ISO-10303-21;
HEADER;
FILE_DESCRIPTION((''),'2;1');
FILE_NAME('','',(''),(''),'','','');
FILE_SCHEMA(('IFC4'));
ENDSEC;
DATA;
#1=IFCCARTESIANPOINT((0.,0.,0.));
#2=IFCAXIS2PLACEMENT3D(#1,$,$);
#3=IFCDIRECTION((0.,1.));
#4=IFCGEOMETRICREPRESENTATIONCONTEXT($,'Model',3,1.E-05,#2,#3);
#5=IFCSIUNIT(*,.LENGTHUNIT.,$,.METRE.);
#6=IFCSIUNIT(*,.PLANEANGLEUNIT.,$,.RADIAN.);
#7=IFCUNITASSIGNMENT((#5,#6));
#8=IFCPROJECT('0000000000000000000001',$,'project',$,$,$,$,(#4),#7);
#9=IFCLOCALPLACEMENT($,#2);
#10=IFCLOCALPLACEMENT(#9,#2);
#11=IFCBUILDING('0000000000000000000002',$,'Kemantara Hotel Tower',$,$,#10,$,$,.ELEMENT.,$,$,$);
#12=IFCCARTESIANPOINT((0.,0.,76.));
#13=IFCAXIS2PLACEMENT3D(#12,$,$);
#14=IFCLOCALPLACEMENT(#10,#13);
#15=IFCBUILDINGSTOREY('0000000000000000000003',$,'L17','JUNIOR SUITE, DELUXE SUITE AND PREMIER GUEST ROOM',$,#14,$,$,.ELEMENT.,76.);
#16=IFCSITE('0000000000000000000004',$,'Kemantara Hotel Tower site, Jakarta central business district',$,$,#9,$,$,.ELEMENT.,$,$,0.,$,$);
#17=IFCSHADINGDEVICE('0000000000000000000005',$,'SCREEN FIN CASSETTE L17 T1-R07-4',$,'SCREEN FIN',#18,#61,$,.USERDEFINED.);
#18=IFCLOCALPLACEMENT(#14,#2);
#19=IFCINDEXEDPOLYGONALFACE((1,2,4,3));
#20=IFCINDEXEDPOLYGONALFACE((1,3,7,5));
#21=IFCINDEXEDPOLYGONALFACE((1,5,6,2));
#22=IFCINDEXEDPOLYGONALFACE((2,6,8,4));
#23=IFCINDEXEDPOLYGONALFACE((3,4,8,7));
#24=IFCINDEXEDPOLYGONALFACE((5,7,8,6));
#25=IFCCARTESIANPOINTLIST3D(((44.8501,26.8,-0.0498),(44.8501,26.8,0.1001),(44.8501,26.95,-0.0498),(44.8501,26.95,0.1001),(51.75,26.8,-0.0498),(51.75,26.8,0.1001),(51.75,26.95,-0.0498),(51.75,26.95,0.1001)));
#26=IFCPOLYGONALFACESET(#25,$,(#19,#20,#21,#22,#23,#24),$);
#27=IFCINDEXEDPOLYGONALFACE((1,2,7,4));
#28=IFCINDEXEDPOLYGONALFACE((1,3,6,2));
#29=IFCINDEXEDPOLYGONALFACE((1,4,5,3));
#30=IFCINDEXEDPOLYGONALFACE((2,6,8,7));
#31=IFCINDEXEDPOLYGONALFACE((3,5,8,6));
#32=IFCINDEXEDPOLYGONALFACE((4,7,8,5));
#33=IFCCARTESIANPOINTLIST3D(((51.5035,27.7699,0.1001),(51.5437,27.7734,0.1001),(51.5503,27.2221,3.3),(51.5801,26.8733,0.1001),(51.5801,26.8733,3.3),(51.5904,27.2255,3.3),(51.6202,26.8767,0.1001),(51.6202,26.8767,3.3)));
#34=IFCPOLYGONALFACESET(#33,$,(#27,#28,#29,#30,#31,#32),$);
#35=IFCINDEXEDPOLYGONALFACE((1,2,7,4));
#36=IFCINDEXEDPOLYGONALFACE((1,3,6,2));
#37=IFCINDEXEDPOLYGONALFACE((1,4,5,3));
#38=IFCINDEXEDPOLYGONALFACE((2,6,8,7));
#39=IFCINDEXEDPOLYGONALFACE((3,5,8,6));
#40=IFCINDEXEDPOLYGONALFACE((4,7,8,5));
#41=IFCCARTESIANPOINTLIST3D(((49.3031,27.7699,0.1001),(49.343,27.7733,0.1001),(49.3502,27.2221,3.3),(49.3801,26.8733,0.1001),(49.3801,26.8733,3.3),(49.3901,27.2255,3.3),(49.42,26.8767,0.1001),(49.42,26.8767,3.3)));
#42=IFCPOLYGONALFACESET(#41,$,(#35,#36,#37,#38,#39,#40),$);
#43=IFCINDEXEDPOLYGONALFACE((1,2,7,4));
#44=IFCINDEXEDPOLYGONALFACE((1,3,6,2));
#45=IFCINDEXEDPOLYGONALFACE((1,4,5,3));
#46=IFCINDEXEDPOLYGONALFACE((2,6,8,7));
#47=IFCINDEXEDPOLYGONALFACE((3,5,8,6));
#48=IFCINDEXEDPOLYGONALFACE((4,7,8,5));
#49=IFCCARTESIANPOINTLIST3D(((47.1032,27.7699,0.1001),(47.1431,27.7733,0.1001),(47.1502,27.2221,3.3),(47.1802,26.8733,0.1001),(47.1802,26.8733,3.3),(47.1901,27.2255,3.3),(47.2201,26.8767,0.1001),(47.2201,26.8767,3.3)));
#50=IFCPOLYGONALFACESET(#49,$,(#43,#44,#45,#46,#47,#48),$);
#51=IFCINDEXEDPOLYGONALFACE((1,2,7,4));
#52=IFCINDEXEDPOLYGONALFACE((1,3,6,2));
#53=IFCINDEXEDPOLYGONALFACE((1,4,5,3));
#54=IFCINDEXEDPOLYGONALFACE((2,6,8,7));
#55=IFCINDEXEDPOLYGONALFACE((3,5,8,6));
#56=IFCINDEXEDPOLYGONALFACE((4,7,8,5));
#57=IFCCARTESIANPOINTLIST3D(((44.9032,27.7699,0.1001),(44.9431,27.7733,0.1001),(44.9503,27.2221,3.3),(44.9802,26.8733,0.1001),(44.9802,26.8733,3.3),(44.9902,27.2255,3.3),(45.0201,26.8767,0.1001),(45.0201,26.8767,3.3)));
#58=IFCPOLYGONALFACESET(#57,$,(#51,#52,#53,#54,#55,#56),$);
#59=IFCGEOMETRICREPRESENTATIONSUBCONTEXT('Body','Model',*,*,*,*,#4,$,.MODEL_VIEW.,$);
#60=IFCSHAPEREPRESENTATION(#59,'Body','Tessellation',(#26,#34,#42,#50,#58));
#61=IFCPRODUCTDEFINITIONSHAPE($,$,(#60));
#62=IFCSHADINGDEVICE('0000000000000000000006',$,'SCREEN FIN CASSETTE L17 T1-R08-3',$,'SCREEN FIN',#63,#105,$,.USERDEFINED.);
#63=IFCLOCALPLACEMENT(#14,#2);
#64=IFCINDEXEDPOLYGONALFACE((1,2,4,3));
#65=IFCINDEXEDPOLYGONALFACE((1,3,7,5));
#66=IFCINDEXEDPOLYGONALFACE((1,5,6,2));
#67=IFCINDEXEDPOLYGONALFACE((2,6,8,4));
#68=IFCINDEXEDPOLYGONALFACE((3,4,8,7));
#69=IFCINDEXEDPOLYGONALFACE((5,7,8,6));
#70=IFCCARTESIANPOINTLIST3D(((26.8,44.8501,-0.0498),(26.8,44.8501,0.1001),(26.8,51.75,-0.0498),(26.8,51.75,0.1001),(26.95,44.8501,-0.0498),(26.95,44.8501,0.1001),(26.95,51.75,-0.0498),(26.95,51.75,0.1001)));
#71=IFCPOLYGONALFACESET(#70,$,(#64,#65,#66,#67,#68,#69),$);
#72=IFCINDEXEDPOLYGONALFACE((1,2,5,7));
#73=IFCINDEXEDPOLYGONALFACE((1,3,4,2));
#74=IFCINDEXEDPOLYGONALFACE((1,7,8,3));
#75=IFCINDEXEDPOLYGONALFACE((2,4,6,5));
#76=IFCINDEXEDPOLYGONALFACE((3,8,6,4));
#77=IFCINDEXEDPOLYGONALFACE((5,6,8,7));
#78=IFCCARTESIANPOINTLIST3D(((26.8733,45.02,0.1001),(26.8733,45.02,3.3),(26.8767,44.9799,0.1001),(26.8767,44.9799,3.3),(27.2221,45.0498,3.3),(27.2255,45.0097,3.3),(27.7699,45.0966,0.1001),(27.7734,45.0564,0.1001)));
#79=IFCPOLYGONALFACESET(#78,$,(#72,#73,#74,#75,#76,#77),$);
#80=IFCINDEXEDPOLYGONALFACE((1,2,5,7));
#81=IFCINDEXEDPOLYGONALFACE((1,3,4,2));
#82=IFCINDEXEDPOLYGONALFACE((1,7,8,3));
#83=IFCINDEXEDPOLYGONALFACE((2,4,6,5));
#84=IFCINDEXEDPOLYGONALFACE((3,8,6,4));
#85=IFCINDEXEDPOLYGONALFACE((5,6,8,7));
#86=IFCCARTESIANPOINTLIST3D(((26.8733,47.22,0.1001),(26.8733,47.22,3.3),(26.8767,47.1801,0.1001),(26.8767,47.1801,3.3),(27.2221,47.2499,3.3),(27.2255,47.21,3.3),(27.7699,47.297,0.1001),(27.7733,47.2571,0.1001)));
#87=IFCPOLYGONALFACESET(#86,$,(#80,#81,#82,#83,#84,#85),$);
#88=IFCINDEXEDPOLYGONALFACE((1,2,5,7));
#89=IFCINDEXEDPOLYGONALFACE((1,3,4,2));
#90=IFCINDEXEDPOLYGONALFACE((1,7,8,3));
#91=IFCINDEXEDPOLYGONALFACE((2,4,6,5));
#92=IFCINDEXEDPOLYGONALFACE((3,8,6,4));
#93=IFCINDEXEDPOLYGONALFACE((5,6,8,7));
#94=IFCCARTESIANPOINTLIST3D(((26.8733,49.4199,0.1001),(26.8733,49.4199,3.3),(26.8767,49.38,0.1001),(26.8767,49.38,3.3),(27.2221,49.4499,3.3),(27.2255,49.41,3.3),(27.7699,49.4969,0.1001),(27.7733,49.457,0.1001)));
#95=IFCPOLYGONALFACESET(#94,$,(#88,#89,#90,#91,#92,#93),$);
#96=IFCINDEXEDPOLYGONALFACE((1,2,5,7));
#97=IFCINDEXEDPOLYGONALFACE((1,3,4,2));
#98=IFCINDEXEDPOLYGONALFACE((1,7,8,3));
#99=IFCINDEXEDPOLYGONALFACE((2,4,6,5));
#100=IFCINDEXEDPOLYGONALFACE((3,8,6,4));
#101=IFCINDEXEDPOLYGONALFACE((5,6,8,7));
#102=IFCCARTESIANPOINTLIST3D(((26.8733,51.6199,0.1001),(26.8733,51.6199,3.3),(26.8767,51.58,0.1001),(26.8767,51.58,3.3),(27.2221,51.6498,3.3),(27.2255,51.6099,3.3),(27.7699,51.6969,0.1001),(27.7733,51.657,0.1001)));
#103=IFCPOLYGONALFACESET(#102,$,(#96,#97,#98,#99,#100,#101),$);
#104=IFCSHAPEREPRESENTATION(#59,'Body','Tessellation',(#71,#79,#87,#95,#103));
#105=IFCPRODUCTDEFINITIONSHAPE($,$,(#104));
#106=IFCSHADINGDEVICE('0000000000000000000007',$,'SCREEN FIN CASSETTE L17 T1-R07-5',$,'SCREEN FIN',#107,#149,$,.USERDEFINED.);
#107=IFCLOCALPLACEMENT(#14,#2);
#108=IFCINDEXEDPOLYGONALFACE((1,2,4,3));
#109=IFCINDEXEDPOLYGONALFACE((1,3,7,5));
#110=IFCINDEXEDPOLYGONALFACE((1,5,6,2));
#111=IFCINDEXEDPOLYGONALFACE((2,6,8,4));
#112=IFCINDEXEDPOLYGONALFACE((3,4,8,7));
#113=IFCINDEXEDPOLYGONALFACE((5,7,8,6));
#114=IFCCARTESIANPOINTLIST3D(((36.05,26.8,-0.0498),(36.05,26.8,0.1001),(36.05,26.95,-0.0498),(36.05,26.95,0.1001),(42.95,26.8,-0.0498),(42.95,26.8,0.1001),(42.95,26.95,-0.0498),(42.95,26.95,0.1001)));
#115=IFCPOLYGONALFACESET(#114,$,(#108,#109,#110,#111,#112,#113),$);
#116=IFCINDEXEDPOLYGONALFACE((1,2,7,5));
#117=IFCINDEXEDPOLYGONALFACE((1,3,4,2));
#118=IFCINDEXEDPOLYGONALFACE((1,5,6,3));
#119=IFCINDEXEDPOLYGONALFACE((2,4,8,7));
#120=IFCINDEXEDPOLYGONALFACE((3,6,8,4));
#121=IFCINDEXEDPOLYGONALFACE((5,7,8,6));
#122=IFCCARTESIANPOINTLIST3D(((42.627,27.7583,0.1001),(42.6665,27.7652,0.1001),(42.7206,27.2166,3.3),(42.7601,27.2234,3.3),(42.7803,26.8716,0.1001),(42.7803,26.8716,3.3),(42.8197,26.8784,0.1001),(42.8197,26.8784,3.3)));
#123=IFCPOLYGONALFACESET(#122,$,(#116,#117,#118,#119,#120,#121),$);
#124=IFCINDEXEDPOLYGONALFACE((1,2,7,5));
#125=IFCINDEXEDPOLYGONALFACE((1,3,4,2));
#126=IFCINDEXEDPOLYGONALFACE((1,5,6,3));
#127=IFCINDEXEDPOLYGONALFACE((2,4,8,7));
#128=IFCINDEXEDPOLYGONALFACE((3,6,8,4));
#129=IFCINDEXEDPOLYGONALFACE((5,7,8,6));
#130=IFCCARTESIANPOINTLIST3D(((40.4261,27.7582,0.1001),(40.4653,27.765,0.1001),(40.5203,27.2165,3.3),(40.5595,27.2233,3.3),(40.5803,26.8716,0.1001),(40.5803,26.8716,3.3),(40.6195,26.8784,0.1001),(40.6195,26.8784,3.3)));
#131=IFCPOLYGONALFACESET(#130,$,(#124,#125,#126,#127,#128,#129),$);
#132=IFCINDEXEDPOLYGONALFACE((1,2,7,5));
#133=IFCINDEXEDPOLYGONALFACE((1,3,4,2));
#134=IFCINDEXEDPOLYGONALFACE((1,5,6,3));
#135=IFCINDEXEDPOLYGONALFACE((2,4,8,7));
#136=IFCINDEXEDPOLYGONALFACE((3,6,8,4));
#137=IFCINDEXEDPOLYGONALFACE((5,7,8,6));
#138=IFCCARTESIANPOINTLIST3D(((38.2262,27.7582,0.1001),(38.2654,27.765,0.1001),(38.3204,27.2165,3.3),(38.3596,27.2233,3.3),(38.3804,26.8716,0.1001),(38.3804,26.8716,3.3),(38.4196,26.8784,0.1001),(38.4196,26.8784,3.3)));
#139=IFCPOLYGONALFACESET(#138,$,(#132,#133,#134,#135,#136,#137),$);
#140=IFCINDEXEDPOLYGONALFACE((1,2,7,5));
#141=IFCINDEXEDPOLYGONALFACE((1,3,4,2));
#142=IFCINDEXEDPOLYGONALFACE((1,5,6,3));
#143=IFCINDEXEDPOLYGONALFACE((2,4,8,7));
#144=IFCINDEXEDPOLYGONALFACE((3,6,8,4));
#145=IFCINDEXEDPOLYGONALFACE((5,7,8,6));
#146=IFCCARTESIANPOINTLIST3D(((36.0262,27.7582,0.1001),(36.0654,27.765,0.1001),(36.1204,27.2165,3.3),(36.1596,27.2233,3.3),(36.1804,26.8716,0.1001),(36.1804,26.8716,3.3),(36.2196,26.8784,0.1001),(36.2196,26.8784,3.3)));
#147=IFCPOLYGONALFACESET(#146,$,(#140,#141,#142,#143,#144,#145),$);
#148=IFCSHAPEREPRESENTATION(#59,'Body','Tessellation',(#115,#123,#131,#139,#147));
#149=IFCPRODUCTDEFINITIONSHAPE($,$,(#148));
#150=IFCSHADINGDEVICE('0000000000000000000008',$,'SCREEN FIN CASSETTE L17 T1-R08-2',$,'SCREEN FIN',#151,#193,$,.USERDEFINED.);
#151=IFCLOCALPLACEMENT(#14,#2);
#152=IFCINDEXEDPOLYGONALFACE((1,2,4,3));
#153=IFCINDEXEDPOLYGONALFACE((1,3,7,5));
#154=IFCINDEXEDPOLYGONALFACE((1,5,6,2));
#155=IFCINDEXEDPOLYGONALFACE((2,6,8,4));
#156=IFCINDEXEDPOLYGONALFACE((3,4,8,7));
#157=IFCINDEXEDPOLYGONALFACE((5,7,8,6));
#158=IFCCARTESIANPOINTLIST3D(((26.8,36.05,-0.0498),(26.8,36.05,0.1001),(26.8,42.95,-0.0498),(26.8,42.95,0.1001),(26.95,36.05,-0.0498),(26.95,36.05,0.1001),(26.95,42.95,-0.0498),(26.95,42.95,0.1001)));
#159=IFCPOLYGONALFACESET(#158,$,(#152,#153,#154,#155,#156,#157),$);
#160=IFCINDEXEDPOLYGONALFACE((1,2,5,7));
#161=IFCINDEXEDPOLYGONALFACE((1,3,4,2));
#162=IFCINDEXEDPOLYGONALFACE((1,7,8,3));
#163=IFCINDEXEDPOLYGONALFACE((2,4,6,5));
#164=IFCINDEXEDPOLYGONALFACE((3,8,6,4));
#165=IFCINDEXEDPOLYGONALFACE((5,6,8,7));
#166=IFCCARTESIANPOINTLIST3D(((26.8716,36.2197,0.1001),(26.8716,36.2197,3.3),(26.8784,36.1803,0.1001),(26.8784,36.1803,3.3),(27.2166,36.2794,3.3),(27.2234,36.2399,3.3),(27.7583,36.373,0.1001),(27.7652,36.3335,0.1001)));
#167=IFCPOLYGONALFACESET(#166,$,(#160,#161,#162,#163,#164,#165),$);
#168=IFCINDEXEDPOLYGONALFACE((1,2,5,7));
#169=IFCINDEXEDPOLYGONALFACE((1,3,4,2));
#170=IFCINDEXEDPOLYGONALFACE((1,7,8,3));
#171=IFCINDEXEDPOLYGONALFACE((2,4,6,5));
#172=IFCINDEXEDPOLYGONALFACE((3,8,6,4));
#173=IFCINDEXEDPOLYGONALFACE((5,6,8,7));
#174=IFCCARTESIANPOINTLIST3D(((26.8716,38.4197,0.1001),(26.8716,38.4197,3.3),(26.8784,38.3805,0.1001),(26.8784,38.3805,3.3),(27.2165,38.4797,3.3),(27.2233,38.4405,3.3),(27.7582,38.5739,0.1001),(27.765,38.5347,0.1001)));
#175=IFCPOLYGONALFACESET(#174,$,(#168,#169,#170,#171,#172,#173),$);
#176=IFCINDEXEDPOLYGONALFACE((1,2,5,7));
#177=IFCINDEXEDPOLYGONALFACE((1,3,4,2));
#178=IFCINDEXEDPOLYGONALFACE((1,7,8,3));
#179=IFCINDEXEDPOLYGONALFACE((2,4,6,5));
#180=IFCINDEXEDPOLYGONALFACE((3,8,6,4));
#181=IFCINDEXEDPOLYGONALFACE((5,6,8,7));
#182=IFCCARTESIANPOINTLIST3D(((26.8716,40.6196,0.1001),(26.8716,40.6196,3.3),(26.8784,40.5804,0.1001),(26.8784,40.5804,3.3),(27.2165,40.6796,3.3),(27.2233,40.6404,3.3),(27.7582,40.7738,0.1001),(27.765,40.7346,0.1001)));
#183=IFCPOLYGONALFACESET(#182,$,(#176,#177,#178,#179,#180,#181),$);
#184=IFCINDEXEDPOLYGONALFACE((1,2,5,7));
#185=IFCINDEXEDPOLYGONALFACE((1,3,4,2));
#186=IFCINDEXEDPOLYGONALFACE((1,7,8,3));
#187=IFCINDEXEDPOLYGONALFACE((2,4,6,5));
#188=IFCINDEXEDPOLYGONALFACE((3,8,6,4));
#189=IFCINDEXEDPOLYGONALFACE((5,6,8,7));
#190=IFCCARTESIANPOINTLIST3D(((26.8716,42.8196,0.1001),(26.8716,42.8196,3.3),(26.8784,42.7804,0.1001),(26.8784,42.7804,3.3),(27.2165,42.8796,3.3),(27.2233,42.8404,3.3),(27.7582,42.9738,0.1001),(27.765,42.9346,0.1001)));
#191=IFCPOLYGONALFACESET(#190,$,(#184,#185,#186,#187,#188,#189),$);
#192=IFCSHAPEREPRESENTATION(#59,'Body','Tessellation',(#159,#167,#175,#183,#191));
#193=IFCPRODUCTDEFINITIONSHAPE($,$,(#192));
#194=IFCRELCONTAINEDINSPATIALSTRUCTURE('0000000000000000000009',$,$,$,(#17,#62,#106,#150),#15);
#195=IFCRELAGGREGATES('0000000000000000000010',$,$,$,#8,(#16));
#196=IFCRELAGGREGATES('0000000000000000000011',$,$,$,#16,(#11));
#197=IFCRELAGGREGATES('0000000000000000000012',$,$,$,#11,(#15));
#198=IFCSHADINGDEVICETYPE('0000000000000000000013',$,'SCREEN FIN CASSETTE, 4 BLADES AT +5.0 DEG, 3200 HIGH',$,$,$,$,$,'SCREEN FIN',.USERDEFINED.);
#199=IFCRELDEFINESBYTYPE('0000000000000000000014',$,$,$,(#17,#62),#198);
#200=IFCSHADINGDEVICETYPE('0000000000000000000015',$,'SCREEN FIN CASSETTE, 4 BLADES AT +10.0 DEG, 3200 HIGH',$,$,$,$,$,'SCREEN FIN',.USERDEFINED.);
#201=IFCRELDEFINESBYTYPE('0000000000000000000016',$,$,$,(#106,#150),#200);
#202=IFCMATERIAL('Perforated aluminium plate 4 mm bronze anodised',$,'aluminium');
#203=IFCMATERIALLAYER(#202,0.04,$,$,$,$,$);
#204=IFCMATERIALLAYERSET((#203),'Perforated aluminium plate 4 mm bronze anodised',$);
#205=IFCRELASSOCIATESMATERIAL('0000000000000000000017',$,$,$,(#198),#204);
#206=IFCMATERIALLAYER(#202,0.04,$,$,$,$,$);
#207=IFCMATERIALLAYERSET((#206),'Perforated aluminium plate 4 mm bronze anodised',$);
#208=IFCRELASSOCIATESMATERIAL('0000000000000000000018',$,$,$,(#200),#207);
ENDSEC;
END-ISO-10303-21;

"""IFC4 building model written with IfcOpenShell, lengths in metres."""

from ifc_helpers import new_model, si_unit, direction, frame, origin, origin_2d, place, context, subcontext, project, spatial, polyline, rectangle, outline, extrude, source, transform, mapped, material, layer, layer_set, type_object, element, save


model = new_model("IFC4")

# Units and contexts
model_context = context("Model", 3, precision=1e-05, world=origin(), true_north=direction((0.0, 1.0)))
body_context = subcontext(model_context, "Body", "Model", "MODEL_VIEW")
ifc_project = project(units=[si_unit("LENGTHUNIT", "METRE"), si_unit("PLANEANGLEUNIT", "RADIAN")], contexts=[model_context])

# Site, building, storey
site_placement = place(None, origin())
site = spatial("IfcSite", under=ifc_project, at=site_placement, Name="Kemantara Hotel Tower site, Jakarta central business district", CompositionType="ELEMENT", RefElevation=0.0)
building_placement = place(site_placement, origin())
building = spatial("IfcBuilding", under=site, at=building_placement, Name="Kemantara Hotel Tower", CompositionType="ELEMENT")
storey_placement = place(building_placement, frame((0.0, 0.0, 76.0)))
storey = spatial("IfcBuildingStorey", under=building, at=storey_placement, Name="L17", Description="JUNIOR SUITE, DELUXE SUITE AND PREMIER GUEST ROOM", CompositionType="ELEMENT", Elevation=76.0)

# Shading devices
ifc_material_1 = material(Name="Perforated aluminium plate 4 mm bronze anodised", Category="aluminium")
ifc_layer_1 = layer(ifc_material_1, 0.04)
ifc_layer_set_1 = layer_set([ifc_layer_1], Name="Perforated aluminium plate 4 mm bronze anodised")
shading_device_type_1 = type_object("IfcShadingDeviceType", Name="SCREEN FIN CASSETTE, 4 BLADES AT +5.0 DEG, 3200 HIGH", ElementType="SCREEN FIN", PredefinedType="USERDEFINED", material=ifc_layer_set_1)
shared_shape_1 = source(origin(), body_context, "Body", "SweptSolid", [
    extrude(rectangle(XDim=6.8999, YDim=0.1499, at=origin_2d()), frame((3.3, -0.075, -0.1499), z_axis=(0.0, 0.0, 1.0), x_axis=(1.0, 0.0, 0.0)), (0.0, 0.0, 1.0), 0.1499),
    extrude(outline(polyline([(0.0, 0.0), (0.8999, 0.0), (0.3501, 3.2), (0.0, 3.2), (0.0, 0.0)])), frame((0.02, -0.0732, 0.0), z_axis=(-0.996376, -0.085056, 0.0), x_axis=(0.085056, -0.996376, 0.0)), (0.0, 0.0, 1.0), 0.0403),
    extrude(outline(polyline([(0.0, 0.0), (0.8999, 0.0), (0.3501, 3.2), (0.0, 3.2), (0.0, 0.0)])), frame((2.22, -0.0732, 0.0), z_axis=(-0.996332, -0.085575, 0.0), x_axis=(0.085575, -0.996332, 0.0)), (0.0, 0.0, 1.0), 0.04),
    extrude(outline(polyline([(0.0, 0.0), (0.8999, 0.0), (0.3501, 3.2), (0.0, 3.2), (0.0, 0.0)])), frame((4.4199, -0.0732, 0.0), z_axis=(-0.996332, -0.085575, 0.0), x_axis=(0.085575, -0.996332, 0.0)), (0.0, 0.0, 1.0), 0.04),
    extrude(outline(polyline([(0.0, 0.0), (0.8999, 0.0), (0.3501, 3.2), (0.0, 3.2), (0.0, 0.0)])), frame((6.6199, -0.0732, 0.0), z_axis=(-0.996332, -0.085575, 0.0), x_axis=(0.085575, -0.996332, 0.0)), (0.0, 0.0, 1.0), 0.04),
])
for number, where, z_axis, x_axis, name in (
    (1, (51.6001, 26.8, 0.1001), (0.0, 0.0, 1.0), (-1.0, 0.0, 0.0), "SCREEN FIN CASSETTE L17 T1-R07-4"),
    (2, (26.8, 45.0, 0.1001), (0.0, 0.0, 1.0), (0.0, 1.0, 0.0), "SCREEN FIN CASSETTE L17 T1-R08-3"),
):
    element("IfcShadingDevice", number, at=place(storey_placement, frame(where, z_axis=z_axis, x_axis=x_axis)), inside=storey, type_object=shading_device_type_1, Name=name, ObjectType="SCREEN FIN", PredefinedType="USERDEFINED", context=body_context, shape_type="MappedRepresentation", body=[
        mapped(shared_shape_1, transform((0.0, 0.0, 0.0))),
    ])
ifc_layer_2 = layer(ifc_material_1, 0.04)
ifc_layer_set_2 = layer_set([ifc_layer_2], Name="Perforated aluminium plate 4 mm bronze anodised")
shading_device_type_2 = type_object("IfcShadingDeviceType", Name="SCREEN FIN CASSETTE, 4 BLADES AT +10.0 DEG, 3200 HIGH", ElementType="SCREEN FIN", PredefinedType="USERDEFINED", material=ifc_layer_set_2)
shared_shape_2 = source(origin(), body_context, "Body", "SweptSolid", [
    extrude(rectangle(XDim=6.8999, YDim=0.1499, at=origin_2d()), frame((3.3, -0.075, -0.1499), z_axis=(0.0, 0.0, 1.0), x_axis=(1.0, 0.0, 0.0)), (0.0, 0.0, 1.0), 0.1499),
    extrude(outline(polyline([(0.0, 0.0), (0.8999, 0.0), (0.3501, 3.2), (0.0, 3.2), (0.0, 0.0)])), frame((0.0198, -0.0715, 0.0), z_axis=(-0.98539, -0.170314, 0.0), x_axis=(0.170314, -0.98539, 0.0)), (0.0, 0.0, 1.0), 0.04),
    extrude(outline(polyline([(0.0, 0.0), (0.8999, 0.0), (0.3501, 3.2), (0.0, 3.2), (0.0, 0.0)])), frame((2.2197, -0.0715, 0.0), z_axis=(-0.985212, -0.171341, 0.0), x_axis=(0.171341, -0.985212, 0.0)), (0.0, 0.0, 1.0), 0.0398),
    extrude(outline(polyline([(0.0, 0.0), (0.8999, 0.0), (0.3501, 3.2), (0.0, 3.2), (0.0, 0.0)])), frame((4.4197, -0.0715, 0.0), z_axis=(-0.985212, -0.171341, 0.0), x_axis=(0.171341, -0.985212, 0.0)), (0.0, 0.0, 1.0), 0.0398),
    extrude(outline(polyline([(0.0, 0.0), (0.8999, 0.0), (0.3501, 3.2), (0.0, 3.2), (0.0, 0.0)])), frame((6.6196, -0.0715, 0.0), z_axis=(-0.985212, -0.171341, 0.0), x_axis=(0.171341, -0.985212, 0.0)), (0.0, 0.0, 1.0), 0.0398),
])
for number, where, z_axis, x_axis, name in (
    (3, (42.8, 26.8, 0.1001), (0.0, 0.0, 1.0), (-1.0, 0.0, 0.0), "SCREEN FIN CASSETTE L17 T1-R07-5"),
    (4, (26.8, 36.2, 0.1001), (0.0, 0.0, 1.0), (0.0, 1.0, 0.0), "SCREEN FIN CASSETTE L17 T1-R08-2"),
):
    element("IfcShadingDevice", number, at=place(storey_placement, frame(where, z_axis=z_axis, x_axis=x_axis)), inside=storey, type_object=shading_device_type_2, Name=name, ObjectType="SCREEN FIN", PredefinedType="USERDEFINED", context=body_context, shape_type="MappedRepresentation", body=[
        mapped(shared_shape_2, transform((0.0, 0.0, 0.0))),
    ])

save(model, "model.ifc")
